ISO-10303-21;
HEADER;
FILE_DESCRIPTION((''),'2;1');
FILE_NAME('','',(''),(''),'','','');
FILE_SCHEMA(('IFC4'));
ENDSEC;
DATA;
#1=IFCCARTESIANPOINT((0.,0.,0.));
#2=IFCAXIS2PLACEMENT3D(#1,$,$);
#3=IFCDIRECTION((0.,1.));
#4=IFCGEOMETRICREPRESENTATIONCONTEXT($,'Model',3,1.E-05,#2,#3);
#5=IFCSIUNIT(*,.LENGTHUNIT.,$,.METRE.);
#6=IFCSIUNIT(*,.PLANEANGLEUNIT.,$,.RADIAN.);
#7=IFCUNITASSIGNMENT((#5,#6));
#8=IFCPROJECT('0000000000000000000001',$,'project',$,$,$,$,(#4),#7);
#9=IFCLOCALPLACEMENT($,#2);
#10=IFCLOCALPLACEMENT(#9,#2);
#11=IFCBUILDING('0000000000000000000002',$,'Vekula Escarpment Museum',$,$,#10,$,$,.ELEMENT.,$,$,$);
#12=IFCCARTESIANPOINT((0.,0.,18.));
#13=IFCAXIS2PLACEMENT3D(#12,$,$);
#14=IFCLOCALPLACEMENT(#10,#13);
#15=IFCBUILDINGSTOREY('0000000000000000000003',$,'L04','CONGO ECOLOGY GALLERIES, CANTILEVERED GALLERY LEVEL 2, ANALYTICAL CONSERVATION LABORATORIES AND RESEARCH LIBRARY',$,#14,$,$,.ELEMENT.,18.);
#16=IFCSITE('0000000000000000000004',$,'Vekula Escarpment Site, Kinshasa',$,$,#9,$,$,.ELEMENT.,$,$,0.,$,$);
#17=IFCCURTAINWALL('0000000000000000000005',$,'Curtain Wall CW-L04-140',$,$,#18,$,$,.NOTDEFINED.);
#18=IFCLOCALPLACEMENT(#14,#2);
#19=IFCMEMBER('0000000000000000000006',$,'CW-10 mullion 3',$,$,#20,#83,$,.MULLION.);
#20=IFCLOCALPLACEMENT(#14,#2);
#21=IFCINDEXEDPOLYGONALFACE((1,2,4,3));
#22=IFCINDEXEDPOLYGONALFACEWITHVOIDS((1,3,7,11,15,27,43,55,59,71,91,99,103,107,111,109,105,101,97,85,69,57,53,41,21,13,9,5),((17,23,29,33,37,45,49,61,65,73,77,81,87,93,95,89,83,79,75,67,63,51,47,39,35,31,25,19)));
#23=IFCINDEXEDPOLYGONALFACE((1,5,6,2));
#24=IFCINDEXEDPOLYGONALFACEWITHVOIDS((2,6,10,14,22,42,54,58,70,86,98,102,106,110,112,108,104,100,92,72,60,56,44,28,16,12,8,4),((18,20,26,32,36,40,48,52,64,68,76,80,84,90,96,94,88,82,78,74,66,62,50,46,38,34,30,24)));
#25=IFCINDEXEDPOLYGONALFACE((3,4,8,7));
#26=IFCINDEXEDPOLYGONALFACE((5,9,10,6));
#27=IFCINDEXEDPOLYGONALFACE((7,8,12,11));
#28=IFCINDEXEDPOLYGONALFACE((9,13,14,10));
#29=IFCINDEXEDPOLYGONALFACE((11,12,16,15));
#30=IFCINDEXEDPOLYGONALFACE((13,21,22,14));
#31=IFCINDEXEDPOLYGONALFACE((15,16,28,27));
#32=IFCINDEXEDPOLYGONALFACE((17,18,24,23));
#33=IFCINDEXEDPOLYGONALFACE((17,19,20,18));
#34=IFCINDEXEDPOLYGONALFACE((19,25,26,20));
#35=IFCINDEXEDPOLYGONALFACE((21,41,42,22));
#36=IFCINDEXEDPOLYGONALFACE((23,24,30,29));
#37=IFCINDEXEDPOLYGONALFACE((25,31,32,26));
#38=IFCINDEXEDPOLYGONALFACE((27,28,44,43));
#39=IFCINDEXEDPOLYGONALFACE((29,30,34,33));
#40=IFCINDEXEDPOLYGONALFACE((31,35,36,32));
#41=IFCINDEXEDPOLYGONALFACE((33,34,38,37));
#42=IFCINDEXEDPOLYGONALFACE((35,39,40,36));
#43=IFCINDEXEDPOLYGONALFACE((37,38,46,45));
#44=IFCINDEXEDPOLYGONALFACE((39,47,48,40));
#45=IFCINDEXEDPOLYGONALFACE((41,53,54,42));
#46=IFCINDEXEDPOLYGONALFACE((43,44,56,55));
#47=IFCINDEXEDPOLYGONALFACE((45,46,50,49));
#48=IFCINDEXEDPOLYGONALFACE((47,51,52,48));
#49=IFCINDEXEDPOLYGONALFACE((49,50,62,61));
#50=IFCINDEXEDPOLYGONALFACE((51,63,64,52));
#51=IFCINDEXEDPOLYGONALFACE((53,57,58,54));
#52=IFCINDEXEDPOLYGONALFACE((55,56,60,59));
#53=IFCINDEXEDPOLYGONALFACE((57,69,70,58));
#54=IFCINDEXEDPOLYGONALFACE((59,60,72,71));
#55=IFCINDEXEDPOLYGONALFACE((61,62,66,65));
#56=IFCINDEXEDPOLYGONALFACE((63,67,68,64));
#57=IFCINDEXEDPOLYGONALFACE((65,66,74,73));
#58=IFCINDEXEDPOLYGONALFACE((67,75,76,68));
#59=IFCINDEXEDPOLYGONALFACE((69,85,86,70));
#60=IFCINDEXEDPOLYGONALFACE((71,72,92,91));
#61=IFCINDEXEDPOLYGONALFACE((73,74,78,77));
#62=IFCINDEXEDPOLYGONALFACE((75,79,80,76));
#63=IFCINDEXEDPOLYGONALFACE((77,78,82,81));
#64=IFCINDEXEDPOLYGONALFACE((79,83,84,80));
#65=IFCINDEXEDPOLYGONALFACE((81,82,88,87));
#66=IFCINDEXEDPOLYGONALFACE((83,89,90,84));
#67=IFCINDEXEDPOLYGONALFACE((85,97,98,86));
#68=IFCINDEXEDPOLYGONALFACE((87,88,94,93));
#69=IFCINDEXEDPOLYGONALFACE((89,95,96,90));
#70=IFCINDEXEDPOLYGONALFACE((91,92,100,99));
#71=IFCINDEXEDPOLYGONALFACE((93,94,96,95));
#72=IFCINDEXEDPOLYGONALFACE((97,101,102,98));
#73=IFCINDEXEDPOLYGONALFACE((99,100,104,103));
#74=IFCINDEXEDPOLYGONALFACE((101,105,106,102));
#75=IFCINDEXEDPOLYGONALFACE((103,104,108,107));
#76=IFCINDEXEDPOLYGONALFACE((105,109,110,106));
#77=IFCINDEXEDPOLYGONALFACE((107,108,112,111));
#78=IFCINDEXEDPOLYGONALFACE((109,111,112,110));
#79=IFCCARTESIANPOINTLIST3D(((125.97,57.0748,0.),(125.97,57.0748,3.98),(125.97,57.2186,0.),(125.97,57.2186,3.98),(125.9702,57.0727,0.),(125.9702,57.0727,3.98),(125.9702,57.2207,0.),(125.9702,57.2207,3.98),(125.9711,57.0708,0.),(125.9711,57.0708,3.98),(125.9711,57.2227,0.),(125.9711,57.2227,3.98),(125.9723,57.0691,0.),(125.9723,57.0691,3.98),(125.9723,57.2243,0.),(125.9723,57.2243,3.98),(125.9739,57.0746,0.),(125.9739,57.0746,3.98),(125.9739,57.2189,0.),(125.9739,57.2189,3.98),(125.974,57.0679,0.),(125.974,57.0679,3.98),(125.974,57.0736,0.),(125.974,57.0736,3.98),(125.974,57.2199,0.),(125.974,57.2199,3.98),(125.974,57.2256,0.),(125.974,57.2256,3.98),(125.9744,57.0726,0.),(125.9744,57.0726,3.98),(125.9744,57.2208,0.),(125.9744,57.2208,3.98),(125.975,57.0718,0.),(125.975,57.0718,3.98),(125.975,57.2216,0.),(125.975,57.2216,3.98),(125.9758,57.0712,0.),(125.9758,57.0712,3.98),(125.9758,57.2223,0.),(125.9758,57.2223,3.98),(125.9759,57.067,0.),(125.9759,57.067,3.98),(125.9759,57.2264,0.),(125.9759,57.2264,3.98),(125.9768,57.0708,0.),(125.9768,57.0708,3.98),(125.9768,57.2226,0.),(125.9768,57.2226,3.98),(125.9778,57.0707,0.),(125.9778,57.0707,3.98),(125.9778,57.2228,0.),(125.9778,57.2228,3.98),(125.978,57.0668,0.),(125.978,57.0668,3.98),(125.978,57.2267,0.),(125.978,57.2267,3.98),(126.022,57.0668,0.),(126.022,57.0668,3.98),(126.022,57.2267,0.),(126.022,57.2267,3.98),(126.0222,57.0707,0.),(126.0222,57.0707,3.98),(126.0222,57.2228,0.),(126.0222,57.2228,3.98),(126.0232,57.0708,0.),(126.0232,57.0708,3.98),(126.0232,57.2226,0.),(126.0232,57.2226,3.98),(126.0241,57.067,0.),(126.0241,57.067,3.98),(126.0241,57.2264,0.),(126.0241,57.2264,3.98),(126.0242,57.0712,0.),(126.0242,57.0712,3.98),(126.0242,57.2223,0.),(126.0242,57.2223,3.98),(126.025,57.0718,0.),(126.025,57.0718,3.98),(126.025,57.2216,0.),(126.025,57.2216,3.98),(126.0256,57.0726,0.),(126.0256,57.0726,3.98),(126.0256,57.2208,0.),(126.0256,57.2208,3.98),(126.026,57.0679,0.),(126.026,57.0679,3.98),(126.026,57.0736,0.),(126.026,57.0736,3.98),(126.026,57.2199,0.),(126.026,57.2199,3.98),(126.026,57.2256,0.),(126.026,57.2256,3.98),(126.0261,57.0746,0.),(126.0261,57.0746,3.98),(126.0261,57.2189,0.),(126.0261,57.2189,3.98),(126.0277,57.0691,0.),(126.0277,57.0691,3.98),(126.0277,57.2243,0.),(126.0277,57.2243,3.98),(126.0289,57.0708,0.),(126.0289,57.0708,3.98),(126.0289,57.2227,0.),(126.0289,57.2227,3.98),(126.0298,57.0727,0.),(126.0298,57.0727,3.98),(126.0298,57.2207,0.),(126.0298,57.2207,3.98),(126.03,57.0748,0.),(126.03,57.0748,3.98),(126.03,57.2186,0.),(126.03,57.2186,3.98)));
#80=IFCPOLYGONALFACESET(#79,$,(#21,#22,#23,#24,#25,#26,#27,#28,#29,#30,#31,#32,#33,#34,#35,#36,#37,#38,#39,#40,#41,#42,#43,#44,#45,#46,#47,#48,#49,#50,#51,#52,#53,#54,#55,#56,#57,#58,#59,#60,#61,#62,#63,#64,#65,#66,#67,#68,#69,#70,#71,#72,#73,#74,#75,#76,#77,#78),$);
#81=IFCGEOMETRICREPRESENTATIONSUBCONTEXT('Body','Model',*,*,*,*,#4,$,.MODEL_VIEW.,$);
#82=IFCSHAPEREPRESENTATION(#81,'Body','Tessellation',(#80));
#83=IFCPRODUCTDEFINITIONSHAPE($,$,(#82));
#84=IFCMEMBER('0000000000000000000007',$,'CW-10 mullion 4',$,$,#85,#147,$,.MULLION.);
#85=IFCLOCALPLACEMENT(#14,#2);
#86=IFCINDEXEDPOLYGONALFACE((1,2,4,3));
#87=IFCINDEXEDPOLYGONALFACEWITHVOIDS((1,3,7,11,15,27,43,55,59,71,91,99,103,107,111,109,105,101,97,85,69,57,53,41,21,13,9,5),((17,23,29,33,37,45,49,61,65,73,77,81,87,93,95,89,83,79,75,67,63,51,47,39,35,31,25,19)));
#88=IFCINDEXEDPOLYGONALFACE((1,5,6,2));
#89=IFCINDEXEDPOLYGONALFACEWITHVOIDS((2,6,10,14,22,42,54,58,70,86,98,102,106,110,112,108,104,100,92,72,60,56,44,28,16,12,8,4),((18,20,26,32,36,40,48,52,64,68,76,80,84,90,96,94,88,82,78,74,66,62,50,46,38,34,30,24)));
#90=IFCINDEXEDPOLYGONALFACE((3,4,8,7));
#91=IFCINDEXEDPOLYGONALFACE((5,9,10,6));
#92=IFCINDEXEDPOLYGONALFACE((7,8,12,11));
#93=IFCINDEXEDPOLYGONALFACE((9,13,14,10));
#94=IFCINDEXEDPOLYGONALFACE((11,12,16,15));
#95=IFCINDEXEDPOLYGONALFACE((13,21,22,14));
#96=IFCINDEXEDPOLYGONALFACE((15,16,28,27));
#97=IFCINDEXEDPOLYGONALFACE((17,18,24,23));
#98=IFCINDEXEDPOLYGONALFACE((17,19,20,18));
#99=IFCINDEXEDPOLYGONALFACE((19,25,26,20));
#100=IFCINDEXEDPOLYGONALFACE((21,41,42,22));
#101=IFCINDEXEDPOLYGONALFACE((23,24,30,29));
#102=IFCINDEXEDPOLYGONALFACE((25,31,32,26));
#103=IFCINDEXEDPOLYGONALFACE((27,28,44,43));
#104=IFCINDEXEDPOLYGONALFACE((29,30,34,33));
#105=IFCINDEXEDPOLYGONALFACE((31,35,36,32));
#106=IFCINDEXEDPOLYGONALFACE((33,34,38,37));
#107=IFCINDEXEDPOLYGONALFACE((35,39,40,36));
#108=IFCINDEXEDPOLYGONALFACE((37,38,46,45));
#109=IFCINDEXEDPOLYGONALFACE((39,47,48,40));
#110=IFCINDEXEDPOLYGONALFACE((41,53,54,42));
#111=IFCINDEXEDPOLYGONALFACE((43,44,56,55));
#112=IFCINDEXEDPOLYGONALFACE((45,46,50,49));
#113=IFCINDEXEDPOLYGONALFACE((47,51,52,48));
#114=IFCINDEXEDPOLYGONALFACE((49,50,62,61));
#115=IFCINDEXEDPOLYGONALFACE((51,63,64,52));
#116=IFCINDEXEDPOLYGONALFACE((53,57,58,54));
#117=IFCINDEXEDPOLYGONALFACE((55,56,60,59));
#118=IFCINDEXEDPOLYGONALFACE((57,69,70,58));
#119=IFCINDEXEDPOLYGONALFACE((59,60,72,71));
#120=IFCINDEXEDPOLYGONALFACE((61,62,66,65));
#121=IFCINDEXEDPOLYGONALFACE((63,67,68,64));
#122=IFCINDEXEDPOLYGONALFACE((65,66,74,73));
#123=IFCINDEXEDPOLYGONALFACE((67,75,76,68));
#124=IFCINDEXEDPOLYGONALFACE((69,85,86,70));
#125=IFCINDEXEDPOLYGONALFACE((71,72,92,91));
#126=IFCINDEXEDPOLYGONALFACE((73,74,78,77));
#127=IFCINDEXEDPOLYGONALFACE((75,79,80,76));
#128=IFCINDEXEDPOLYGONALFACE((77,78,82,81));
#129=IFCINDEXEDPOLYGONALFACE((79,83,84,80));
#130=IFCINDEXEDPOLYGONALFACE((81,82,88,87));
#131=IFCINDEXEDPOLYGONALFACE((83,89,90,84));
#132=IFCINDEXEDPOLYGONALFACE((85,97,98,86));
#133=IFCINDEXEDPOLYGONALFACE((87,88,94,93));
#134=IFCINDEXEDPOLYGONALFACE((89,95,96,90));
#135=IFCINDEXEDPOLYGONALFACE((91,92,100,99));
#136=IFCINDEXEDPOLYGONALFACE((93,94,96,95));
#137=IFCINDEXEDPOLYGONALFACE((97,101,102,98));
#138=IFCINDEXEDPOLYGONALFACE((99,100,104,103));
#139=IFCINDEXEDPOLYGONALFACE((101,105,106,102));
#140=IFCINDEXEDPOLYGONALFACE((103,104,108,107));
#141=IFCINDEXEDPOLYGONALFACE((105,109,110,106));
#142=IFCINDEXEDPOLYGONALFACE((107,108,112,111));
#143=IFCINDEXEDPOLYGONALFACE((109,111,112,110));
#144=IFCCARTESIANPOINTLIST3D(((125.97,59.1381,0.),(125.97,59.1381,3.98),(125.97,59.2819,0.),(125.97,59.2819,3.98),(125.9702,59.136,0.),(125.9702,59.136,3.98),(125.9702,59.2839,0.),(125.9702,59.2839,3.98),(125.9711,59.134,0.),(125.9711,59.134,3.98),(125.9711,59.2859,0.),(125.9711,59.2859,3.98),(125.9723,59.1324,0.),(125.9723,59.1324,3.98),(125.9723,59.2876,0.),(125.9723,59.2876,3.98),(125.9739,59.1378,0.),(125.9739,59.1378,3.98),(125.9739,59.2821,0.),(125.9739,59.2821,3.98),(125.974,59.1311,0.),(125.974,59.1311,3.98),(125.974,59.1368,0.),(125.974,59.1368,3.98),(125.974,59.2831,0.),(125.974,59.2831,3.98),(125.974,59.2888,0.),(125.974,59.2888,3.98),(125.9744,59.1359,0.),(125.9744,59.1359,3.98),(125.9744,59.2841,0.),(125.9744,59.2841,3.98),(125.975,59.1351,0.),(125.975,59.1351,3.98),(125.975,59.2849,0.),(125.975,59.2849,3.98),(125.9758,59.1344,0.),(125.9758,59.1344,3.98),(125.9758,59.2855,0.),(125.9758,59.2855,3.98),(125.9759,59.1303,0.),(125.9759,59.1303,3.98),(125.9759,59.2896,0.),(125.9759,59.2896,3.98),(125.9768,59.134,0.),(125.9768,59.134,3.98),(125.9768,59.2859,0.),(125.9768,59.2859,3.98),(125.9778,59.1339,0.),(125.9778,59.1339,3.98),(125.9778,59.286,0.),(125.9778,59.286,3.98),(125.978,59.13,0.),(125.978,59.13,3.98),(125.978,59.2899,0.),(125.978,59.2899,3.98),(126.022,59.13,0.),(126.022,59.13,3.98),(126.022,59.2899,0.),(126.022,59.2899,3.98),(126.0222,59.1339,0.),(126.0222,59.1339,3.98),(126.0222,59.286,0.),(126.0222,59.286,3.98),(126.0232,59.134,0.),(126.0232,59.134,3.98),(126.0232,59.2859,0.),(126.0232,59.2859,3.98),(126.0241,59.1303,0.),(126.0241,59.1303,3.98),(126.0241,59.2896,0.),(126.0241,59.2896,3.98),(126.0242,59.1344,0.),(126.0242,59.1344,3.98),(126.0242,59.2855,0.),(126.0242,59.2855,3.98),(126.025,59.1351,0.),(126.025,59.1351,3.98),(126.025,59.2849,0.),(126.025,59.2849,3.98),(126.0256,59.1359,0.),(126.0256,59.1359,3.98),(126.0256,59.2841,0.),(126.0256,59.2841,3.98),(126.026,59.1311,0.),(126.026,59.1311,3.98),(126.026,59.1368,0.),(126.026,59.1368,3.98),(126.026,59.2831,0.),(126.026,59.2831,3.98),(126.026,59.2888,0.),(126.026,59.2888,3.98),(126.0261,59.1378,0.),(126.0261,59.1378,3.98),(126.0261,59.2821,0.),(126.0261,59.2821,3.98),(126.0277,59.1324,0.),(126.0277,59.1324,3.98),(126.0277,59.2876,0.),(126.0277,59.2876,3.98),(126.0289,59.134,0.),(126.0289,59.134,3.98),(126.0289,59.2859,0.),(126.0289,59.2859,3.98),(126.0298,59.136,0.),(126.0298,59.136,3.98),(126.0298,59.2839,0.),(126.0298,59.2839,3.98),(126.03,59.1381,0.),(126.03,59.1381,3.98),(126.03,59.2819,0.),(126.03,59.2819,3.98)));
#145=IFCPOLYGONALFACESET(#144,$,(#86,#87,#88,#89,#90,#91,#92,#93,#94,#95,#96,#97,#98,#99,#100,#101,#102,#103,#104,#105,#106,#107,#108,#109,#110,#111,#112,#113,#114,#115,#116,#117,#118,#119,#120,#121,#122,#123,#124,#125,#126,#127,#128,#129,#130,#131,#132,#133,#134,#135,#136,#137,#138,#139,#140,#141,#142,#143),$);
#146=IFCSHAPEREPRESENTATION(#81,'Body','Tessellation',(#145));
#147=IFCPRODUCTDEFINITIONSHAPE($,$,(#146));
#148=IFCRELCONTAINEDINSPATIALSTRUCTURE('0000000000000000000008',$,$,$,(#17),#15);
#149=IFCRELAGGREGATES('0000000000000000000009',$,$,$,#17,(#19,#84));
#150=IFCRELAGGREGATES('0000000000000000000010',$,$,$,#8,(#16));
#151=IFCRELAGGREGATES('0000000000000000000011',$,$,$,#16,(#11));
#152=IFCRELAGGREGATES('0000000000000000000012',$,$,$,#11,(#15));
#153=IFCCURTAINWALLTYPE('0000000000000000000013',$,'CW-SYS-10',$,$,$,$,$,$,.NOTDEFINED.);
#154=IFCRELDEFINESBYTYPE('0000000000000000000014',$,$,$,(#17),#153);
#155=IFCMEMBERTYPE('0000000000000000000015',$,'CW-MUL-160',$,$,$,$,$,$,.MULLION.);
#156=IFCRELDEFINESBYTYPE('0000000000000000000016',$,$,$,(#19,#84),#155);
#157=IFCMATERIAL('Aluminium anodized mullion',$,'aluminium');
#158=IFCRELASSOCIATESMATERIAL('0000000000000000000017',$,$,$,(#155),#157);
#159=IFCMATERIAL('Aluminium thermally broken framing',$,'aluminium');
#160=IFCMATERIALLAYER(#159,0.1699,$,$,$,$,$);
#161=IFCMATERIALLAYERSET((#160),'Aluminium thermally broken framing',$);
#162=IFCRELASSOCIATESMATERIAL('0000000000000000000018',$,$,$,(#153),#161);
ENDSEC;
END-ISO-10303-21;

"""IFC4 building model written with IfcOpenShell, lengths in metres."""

from ifc_helpers import new_model, si_unit, direction, frame, origin, origin_2d, place, context, subcontext, project, spatial, hollow_rectangle, extrude, material, layer, layer_set, material_profile, profile_set, type_object, element, aggregate, save


model = new_model("IFC4")

# Units and contexts
model_context = context("Model", 3, precision=1e-05, world=origin(), true_north=direction((0.0, 1.0)))
body_context = subcontext(model_context, "Body", "Model", "MODEL_VIEW")
ifc_project = project(units=[si_unit("LENGTHUNIT", "METRE"), si_unit("PLANEANGLEUNIT", "RADIAN")], contexts=[model_context])

# Site, building, storey
site_placement = place(None, origin())
site = spatial("IfcSite", under=ifc_project, at=site_placement, Name="Vekula Escarpment Site, Kinshasa", CompositionType="ELEMENT", RefElevation=0.0)
building_placement = place(site_placement, origin())
building = spatial("IfcBuilding", under=site, at=building_placement, Name="Vekula Escarpment Museum", CompositionType="ELEMENT")
storey_placement = place(building_placement, frame((0.0, 0.0, 18.0)))
storey = spatial("IfcBuildingStorey", under=building, at=storey_placement, Name="L04", Description="CONGO ECOLOGY GALLERIES, CANTILEVERED GALLERY LEVEL 2, ANALYTICAL CONSERVATION LABORATORIES AND RESEARCH LIBRARY", CompositionType="ELEMENT", Elevation=18.0)

# Shared definitions
ifc_material_1 = material(Name="Aluminium anodized mullion", Category="aluminium")
ifc_material_profile_1 = material_profile(ifc_material_1, hollow_rectangle(XDim=0.0601, YDim=0.1599, WallThickness=0.0039, InnerFilletRadius=0.0039, OuterFilletRadius=0.0081, at=origin_2d()), Name="ALU 160x60x4")
ifc_profile_set_1 = profile_set([ifc_material_profile_1], Name="Aluminium anodized mullion")
member_type_1 = type_object("IfcMemberType", Name="CW-MUL-160", PredefinedType="MULLION", material=ifc_profile_set_1)

# Curtain wall, members
ifc_material_2 = material(Name="Aluminium thermally broken framing", Category="aluminium")
ifc_layer_1 = layer(ifc_material_2, 0.1699)
ifc_layer_set_1 = layer_set([ifc_layer_1], Name="Aluminium thermally broken framing")
curtain_wall_type_1 = type_object("IfcCurtainWallType", Name="CW-SYS-10", PredefinedType="NOTDEFINED", material=ifc_layer_set_1)
curtain_wall_1_placement = place(storey_placement, origin())
curtain_wall_1 = element("IfcCurtainWall", 1, at=curtain_wall_1_placement, inside=storey, type_object=curtain_wall_type_1, Name="Curtain Wall CW-L04-140", PredefinedType="NOTDEFINED")
member_1_placement = place(storey_placement, frame((126.0, 57.1467, 0.0), z_axis=(0.0, 0.0, 1.0), x_axis=(-1.0, 0.0, 0.0)))
member_1 = element("IfcMember", 2, at=member_1_placement, type_object=member_type_1, Name="CW-10 mullion 3", PredefinedType="MULLION", context=body_context, shape_type="SweptSolid", body=[
    extrude(hollow_rectangle(XDim=0.0601, YDim=0.1599, WallThickness=0.0039, InnerFilletRadius=0.0039, OuterFilletRadius=0.0081, at=origin_2d()), origin(), (0.0, 0.0, 1.0), 3.98),
])
member_2_placement = place(storey_placement, frame((126.0, 59.21, 0.0), z_axis=(0.0, 0.0, 1.0), x_axis=(-1.0, 0.0, 0.0)))
member_2 = element("IfcMember", 3, at=member_2_placement, type_object=member_type_1, Name="CW-10 mullion 4", PredefinedType="MULLION", context=body_context, shape_type="SweptSolid", body=[
    extrude(hollow_rectangle(XDim=0.0601, YDim=0.1599, WallThickness=0.0039, InnerFilletRadius=0.0039, OuterFilletRadius=0.0081, at=origin_2d()), origin(), (0.0, 0.0, 1.0), 3.98),
])
aggregate(curtain_wall_1, [member_1, member_2])

save(model, "model.ifc")
